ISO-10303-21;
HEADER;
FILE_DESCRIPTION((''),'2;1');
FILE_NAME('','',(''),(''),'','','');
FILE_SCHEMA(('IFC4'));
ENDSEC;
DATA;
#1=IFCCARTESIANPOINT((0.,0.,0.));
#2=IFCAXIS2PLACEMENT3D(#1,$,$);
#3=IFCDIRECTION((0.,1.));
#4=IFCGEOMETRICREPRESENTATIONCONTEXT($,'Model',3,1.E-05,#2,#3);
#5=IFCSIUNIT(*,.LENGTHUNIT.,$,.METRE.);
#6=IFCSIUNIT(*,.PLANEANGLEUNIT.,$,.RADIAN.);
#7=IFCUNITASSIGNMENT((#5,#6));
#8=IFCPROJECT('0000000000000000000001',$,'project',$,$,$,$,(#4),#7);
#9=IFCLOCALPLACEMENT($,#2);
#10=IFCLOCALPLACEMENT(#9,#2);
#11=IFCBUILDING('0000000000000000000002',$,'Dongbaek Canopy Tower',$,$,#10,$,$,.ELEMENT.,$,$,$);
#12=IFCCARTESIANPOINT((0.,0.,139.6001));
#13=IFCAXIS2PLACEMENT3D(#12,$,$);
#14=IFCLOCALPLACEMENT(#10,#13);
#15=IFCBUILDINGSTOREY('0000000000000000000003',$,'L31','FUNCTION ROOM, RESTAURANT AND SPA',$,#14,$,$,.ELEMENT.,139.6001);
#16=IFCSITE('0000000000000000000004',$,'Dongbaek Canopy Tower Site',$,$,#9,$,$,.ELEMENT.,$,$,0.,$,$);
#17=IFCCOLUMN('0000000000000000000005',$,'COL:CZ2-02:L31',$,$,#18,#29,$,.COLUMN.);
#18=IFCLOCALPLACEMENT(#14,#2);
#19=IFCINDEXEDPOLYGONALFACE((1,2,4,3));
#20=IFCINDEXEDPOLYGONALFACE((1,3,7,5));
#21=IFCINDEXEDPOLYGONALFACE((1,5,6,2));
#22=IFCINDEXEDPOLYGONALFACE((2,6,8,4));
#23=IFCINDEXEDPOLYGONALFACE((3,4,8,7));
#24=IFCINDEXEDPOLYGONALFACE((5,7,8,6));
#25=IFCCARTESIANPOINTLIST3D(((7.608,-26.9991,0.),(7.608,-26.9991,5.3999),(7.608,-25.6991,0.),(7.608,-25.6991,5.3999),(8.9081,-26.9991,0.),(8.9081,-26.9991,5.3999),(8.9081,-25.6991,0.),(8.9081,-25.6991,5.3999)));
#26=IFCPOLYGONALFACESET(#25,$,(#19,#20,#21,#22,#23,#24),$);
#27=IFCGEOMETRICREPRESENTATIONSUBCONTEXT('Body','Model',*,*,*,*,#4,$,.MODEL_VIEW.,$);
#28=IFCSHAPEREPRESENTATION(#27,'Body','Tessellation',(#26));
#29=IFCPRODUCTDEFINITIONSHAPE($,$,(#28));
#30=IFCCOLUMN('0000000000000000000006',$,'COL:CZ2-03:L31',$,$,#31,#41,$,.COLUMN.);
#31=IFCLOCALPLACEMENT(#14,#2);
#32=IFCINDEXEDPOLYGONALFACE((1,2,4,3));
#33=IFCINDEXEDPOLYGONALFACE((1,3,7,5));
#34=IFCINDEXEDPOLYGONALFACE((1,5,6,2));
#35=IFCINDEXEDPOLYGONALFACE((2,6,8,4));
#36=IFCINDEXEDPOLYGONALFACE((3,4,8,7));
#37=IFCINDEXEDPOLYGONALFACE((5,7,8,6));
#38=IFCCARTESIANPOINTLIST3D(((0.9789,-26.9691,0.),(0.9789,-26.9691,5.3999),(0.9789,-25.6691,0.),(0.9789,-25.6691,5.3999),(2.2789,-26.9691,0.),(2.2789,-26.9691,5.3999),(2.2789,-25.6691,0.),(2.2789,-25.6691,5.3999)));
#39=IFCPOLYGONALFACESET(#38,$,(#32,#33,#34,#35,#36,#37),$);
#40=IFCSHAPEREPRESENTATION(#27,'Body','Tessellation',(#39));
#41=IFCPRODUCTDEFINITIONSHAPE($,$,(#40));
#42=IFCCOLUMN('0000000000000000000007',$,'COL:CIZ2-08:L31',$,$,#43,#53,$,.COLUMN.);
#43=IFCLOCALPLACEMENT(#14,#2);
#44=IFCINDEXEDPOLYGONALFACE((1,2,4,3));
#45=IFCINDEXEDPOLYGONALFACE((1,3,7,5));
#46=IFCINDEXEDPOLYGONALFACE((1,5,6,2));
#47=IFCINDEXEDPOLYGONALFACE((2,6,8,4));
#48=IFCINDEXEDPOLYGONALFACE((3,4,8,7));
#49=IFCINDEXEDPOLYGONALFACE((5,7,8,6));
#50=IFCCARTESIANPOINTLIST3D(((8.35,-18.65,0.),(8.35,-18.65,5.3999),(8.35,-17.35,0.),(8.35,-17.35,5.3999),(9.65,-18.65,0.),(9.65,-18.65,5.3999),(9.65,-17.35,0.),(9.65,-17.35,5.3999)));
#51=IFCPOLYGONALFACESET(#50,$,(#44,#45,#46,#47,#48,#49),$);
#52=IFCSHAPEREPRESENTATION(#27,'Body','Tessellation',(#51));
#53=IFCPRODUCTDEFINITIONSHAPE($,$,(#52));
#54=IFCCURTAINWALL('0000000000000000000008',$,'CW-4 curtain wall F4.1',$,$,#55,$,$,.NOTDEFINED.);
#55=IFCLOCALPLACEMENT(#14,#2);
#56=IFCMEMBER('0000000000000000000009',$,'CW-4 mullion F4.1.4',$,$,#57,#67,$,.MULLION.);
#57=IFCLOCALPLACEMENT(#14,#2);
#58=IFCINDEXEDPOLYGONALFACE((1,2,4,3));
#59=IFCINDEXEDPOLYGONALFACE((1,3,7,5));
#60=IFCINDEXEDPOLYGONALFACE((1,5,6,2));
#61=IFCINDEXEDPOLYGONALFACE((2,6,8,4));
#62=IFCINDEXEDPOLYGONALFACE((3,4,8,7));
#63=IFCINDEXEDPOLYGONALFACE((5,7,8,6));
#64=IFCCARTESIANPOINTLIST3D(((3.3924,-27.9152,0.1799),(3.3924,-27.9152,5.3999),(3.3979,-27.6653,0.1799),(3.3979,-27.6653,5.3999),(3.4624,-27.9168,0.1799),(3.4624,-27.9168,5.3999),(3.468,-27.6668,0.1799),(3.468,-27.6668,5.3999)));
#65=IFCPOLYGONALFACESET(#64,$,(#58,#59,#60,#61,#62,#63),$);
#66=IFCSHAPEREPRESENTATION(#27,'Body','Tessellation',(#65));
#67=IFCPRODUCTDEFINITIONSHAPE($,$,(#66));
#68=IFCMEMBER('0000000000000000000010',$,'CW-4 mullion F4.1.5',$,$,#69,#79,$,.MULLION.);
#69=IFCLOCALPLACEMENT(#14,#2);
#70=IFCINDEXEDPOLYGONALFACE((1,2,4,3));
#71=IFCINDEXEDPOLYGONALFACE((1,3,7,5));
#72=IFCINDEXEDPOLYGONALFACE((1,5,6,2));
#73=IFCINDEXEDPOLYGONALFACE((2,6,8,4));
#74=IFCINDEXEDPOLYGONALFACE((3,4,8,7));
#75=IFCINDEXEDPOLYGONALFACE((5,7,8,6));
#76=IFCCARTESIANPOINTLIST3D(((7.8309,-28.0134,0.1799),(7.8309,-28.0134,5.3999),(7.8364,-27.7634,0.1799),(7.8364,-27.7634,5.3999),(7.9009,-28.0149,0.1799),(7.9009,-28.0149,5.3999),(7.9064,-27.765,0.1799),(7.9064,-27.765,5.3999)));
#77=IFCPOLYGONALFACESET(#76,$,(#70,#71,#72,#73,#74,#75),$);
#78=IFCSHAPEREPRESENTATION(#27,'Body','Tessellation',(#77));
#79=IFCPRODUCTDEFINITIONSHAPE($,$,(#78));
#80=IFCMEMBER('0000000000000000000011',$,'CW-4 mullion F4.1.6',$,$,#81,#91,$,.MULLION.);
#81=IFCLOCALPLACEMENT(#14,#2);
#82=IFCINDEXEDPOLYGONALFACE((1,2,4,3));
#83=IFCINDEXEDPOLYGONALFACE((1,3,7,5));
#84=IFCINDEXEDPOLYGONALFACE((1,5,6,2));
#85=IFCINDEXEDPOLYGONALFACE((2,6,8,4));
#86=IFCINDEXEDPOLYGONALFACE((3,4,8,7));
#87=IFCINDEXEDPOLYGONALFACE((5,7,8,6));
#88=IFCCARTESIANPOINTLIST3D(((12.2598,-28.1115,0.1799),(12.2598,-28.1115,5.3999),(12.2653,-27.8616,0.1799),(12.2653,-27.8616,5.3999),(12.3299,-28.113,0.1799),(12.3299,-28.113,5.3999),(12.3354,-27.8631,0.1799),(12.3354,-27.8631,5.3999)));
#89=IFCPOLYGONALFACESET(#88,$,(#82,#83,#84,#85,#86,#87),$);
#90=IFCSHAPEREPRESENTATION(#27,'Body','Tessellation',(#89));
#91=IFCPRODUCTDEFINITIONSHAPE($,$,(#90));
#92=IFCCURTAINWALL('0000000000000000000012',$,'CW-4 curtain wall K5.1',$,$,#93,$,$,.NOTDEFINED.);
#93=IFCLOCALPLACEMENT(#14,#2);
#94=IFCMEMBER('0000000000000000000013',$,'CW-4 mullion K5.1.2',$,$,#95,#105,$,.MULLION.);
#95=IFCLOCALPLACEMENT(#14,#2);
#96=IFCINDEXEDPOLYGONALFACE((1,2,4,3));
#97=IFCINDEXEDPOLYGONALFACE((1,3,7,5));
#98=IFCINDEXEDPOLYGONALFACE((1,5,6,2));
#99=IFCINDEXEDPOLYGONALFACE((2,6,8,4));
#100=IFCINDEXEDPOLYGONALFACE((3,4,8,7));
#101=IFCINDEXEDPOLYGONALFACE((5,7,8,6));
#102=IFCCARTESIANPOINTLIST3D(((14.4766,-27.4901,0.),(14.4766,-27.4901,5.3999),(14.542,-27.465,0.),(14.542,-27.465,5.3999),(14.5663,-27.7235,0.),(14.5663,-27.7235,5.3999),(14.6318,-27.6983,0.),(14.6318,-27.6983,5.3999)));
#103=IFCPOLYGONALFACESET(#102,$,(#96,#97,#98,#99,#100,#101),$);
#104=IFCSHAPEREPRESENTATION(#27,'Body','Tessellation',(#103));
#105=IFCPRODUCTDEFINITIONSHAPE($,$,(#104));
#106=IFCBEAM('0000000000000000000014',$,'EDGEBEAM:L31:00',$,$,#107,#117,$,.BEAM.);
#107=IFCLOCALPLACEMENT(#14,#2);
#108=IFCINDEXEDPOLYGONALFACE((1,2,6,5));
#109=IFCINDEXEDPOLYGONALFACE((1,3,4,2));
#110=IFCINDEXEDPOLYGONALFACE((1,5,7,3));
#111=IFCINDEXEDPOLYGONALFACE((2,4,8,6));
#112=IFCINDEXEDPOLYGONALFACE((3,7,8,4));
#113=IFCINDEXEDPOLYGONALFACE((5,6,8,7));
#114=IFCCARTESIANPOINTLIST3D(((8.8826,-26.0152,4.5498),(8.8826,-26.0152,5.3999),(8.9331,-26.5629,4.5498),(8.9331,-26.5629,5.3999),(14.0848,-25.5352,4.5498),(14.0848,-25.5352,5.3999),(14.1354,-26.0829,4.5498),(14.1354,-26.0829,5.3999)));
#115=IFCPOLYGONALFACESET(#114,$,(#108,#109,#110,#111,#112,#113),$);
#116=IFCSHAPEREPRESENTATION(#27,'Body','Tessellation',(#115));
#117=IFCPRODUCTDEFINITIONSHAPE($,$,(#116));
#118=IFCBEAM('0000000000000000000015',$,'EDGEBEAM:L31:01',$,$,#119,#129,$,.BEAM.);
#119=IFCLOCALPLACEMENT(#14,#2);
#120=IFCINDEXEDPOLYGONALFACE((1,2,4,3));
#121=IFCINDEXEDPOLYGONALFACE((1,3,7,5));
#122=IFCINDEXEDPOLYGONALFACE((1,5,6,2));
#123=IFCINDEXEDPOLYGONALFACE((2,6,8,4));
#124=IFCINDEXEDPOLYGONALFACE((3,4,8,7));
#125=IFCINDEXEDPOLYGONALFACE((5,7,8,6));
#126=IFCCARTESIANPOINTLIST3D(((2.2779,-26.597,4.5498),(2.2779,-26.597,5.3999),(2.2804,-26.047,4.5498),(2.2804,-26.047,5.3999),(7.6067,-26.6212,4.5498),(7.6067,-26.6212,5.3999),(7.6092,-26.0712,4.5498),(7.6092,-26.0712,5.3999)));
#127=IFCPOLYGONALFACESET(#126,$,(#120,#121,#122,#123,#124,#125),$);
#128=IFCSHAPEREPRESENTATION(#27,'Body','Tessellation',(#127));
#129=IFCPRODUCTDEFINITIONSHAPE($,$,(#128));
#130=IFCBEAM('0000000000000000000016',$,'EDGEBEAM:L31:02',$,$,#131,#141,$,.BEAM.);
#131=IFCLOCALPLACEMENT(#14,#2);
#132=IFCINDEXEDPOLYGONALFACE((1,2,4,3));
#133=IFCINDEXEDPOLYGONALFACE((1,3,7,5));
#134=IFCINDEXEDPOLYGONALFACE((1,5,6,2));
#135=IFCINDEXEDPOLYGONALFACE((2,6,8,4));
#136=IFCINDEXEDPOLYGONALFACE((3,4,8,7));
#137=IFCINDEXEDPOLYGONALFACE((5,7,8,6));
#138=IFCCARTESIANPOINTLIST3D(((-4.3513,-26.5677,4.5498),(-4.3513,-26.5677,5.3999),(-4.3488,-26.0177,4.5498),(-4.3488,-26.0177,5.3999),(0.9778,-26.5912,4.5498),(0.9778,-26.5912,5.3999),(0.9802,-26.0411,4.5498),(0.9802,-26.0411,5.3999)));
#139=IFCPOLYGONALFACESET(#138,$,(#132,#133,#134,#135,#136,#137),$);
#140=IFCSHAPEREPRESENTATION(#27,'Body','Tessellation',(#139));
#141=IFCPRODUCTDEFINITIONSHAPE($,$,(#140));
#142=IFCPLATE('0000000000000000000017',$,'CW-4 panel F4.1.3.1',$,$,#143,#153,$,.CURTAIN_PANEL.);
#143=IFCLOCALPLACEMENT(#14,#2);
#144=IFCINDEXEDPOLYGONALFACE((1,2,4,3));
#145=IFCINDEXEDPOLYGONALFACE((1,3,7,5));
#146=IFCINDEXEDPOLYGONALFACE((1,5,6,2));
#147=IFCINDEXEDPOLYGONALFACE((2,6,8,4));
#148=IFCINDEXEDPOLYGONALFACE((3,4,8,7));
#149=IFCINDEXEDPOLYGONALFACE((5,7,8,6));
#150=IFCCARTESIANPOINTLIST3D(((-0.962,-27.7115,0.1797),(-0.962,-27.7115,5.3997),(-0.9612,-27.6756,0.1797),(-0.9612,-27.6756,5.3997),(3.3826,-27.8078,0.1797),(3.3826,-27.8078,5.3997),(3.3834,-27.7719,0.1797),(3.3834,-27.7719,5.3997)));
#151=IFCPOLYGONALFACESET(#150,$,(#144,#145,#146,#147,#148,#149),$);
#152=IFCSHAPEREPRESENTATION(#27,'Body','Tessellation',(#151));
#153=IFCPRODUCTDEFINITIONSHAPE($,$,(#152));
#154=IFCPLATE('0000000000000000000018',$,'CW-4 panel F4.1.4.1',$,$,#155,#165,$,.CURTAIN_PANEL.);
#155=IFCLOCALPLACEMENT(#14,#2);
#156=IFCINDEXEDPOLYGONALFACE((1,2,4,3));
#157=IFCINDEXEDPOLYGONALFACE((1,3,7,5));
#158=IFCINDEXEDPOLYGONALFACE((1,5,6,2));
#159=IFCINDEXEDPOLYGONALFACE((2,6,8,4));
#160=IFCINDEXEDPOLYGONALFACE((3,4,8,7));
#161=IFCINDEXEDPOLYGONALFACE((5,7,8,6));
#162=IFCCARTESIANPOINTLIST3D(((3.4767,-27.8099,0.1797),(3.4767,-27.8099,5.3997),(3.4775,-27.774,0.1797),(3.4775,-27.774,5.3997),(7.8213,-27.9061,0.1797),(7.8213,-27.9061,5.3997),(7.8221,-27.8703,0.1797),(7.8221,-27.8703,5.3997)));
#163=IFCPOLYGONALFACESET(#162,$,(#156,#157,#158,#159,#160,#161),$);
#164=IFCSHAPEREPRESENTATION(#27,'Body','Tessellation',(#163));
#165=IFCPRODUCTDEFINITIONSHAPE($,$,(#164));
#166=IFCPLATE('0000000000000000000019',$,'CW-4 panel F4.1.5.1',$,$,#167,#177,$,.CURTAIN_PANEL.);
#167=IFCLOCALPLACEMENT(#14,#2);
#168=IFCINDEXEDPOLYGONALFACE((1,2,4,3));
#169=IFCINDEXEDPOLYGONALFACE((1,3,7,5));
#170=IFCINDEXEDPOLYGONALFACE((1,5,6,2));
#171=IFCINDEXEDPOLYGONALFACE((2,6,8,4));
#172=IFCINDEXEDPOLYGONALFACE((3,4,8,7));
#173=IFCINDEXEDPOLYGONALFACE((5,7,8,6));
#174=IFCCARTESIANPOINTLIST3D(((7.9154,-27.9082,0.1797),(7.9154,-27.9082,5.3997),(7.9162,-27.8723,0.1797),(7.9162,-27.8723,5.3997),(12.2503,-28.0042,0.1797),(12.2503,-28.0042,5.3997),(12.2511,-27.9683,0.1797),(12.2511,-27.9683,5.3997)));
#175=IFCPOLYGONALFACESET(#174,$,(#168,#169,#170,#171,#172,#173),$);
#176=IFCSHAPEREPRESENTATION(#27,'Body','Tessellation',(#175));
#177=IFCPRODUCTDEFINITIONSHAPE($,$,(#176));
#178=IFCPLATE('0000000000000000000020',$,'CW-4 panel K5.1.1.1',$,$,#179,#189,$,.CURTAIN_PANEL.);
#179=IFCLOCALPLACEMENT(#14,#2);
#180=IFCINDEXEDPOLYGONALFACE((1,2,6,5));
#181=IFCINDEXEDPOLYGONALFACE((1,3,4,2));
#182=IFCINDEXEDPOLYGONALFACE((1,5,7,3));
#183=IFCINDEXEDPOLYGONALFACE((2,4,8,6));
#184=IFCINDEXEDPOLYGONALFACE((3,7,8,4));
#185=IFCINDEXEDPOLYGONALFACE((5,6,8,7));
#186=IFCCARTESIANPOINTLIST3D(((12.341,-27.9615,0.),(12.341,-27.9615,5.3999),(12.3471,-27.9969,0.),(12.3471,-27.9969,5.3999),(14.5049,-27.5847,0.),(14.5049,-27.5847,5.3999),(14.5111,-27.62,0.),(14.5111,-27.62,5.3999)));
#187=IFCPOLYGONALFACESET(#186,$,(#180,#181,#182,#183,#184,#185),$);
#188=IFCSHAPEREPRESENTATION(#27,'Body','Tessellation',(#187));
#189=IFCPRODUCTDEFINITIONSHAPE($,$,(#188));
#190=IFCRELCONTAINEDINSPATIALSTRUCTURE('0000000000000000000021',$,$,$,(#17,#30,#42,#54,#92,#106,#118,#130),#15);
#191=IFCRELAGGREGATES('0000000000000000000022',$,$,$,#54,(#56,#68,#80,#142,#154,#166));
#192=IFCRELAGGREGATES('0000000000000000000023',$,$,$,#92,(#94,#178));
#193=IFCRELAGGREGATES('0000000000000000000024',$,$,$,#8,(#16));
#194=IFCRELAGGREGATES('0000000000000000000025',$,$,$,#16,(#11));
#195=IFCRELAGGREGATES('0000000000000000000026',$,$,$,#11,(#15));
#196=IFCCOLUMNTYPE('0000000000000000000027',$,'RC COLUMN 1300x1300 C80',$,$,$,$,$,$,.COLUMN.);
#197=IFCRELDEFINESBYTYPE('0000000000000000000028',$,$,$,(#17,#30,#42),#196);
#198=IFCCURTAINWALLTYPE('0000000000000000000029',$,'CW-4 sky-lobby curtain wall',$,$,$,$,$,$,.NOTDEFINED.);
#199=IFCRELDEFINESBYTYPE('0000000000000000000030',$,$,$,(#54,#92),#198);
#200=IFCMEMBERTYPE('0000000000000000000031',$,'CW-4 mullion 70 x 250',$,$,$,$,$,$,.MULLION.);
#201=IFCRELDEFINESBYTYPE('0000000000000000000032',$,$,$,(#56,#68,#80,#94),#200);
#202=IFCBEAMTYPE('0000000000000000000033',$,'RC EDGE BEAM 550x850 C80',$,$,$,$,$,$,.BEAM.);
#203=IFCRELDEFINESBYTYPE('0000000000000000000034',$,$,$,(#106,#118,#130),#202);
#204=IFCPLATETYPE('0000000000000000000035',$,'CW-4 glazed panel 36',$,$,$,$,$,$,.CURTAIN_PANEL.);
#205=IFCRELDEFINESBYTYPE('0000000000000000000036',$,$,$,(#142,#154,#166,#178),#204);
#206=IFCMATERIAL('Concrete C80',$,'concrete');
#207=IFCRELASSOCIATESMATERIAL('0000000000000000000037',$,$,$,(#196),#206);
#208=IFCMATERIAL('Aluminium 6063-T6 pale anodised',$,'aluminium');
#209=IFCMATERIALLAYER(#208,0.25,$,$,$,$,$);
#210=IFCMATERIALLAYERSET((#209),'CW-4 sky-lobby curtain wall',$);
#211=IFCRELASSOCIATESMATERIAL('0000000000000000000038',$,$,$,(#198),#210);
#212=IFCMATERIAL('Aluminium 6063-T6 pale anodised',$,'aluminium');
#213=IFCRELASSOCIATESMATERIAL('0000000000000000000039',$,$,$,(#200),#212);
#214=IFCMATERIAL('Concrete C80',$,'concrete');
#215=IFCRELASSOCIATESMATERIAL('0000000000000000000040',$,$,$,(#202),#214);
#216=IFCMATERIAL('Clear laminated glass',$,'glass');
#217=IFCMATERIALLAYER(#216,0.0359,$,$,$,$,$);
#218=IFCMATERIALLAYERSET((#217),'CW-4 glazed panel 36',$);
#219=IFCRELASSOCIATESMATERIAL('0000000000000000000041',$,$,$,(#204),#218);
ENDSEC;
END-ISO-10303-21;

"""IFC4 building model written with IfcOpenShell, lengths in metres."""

from ifc_helpers import new_model, si_unit, direction, frame, origin, origin_2d, place, context, subcontext, project, spatial, rectangle, extrude, material, layer, layer_set, material_profile, profile_set, type_object, element, aggregate, save


model = new_model("IFC4")

# Units and contexts
model_context = context("Model", 3, precision=1e-05, world=origin(), true_north=direction((0.0, 1.0)))
body_context = subcontext(model_context, "Body", "Model", "MODEL_VIEW")
ifc_project = project(units=[si_unit("LENGTHUNIT", "METRE"), si_unit("PLANEANGLEUNIT", "RADIAN")], contexts=[model_context])

# Site, building, storey
site_placement = place(None, origin())
site = spatial("IfcSite", under=ifc_project, at=site_placement, Name="Dongbaek Canopy Tower Site", CompositionType="ELEMENT", RefElevation=0.0)
building_placement = place(site_placement, origin())
building = spatial("IfcBuilding", under=site, at=building_placement, Name="Dongbaek Canopy Tower", CompositionType="ELEMENT")
storey_placement = place(building_placement, frame((0.0, 0.0, 139.6001)))
storey = spatial("IfcBuildingStorey", under=building, at=storey_placement, Name="L31", Description="FUNCTION ROOM, RESTAURANT AND SPA", CompositionType="ELEMENT", Elevation=139.6001)

# Columns
ifc_material_1 = material(Name="Concrete C80", Category="concrete")
ifc_material_profile_1 = material_profile(ifc_material_1, rectangle(XDim=1.3, YDim=1.3, at=origin_2d()), Name="RC COLUMN 1300x1300 C80")
ifc_profile_set_1 = profile_set([ifc_material_profile_1], Name="Concrete C80")
column_type = type_object("IfcColumnType", Name="RC COLUMN 1300x1300 C80", PredefinedType="COLUMN", material=ifc_profile_set_1)
for number, where, z_axis, x_axis, name in (
    (1, (8.2581, -26.3491, 0.0), (0.0, 0.0, 1.0), (1.0, 0.0, 0.0), "COL:CZ2-02:L31"),
    (2, (1.6289, -26.3191, 0.0), (0.0, 0.0, 1.0), (1.0, 0.0, 0.0), "COL:CZ2-03:L31"),
    (3, (9.0, -18.0, 0.0), (0.0, 0.0, 1.0), (1.0, 0.0, 0.0), "COL:CIZ2-08:L31"),
):
    element("IfcColumn", number, at=place(storey_placement, frame(where, z_axis=z_axis, x_axis=x_axis)), inside=storey, type_object=column_type, Name=name, PredefinedType="COLUMN", context=body_context, shape_type="SweptSolid", body=[
        extrude(rectangle(XDim=1.3, YDim=1.3, at=origin_2d()), origin(), (0.0, 0.0, 1.0), 5.3999),
    ])

# Curtain wall, members
ifc_material_2 = material(Name="Aluminium 6063-T6 pale anodised", Category="aluminium")
ifc_layer_1 = layer(ifc_material_2, 0.25)
ifc_layer_set_1 = layer_set([ifc_layer_1], Name="CW-4 sky-lobby curtain wall")
curtain_wall_type = type_object("IfcCurtainWallType", Name="CW-4 sky-lobby curtain wall", PredefinedType="NOTDEFINED", material=ifc_layer_set_1)
curtain_wall_1_placement = place(storey_placement, origin())
curtain_wall_1 = element("IfcCurtainWall", 4, at=curtain_wall_1_placement, inside=storey, type_object=curtain_wall_type, Name="CW-4 curtain wall F4.1", PredefinedType="NOTDEFINED")
ifc_material_3 = material(Name="Aluminium 6063-T6 pale anodised", Category="aluminium")
ifc_material_profile_2 = material_profile(ifc_material_3, rectangle(XDim=0.25, YDim=0.0701, at=origin_2d()), Name="CW-4 mullion 70 x 250")
ifc_profile_set_2 = profile_set([ifc_material_profile_2], Name="Aluminium 6063-T6 pale anodised")
member_type = type_object("IfcMemberType", Name="CW-4 mullion 70 x 250", PredefinedType="MULLION", material=ifc_profile_set_2)
member_1_placement = place(storey_placement, frame((3.4302, -27.791, 0.1799), z_axis=(0.0, 0.0, 1.0), x_axis=(-0.022142, -0.999755, 0.0)))
member_1 = element("IfcMember", 5, at=member_1_placement, type_object=member_type, Name="CW-4 mullion F4.1.4", PredefinedType="MULLION", context=body_context, shape_type="SweptSolid", body=[
    extrude(rectangle(XDim=0.25, YDim=0.0701, at=origin_2d()), origin(), (0.0, 0.0, 1.0), 5.22),
])
member_2_placement = place(storey_placement, frame((7.8687, -27.8892, 0.1799), z_axis=(0.0, 0.0, 1.0), x_axis=(-0.022142, -0.999755, 0.0)))
member_2 = element("IfcMember", 6, at=member_2_placement, type_object=member_type, Name="CW-4 mullion F4.1.5", PredefinedType="MULLION", context=body_context, shape_type="SweptSolid", body=[
    extrude(rectangle(XDim=0.25, YDim=0.0701, at=origin_2d()), origin(), (0.0, 0.0, 1.0), 5.22),
])
member_3_placement = place(storey_placement, frame((12.2976, -27.9873, 0.1799), z_axis=(0.0, 0.0, 1.0), x_axis=(-0.022142, -0.999755, 0.0)))
member_3 = element("IfcMember", 7, at=member_3_placement, type_object=member_type, Name="CW-4 mullion F4.1.6", PredefinedType="MULLION", context=body_context, shape_type="SweptSolid", body=[
    extrude(rectangle(XDim=0.25, YDim=0.0701, at=origin_2d()), origin(), (0.0, 0.0, 1.0), 5.22),
])

# Curtain wall, member
curtain_wall_2_placement = place(storey_placement, origin())
curtain_wall_2 = element("IfcCurtainWall", 8, at=curtain_wall_2_placement, inside=storey, type_object=curtain_wall_type, Name="CW-4 curtain wall K5.1", PredefinedType="NOTDEFINED")
member_4_placement = place(storey_placement, frame((14.5542, -27.5942, 0.0), z_axis=(0.0, 0.0, 1.0), x_axis=(0.35881, -0.933411, 0.0)))
member_4 = element("IfcMember", 9, at=member_4_placement, type_object=member_type, Name="CW-4 mullion K5.1.2", PredefinedType="MULLION", context=body_context, shape_type="SweptSolid", body=[
    extrude(rectangle(XDim=0.25, YDim=0.0701, at=origin_2d()), origin(), (0.0, 0.0, 1.0), 5.3999),
])

# Beams
ifc_material_4 = material(Name="Concrete C80", Category="concrete")
ifc_material_profile_3 = material_profile(ifc_material_4, rectangle(XDim=0.55, YDim=0.8501, at=origin_2d()), Name="RC EDGE BEAM 550x850 C80")
ifc_profile_set_3 = profile_set([ifc_material_profile_3], Name="Concrete C80")
beam_type = type_object("IfcBeamType", Name="RC EDGE BEAM 550x850 C80", PredefinedType="BEAM", material=ifc_profile_set_3)
beam_1_placement = place(storey_placement, frame((14.1101, -25.8091, 4.9749), z_axis=(-0.99577, -0.091876, 0.0), x_axis=(0.091876, -0.99577, 0.0)))
element("IfcBeam", 10, at=beam_1_placement, inside=storey, type_object=beam_type, Name="EDGEBEAM:L31:00", PredefinedType="BEAM", context=body_context, shape_type="SweptSolid", body=[
    extrude(rectangle(XDim=0.55, YDim=0.8501, at=origin_2d()), origin(), (0.0, 0.0, 1.0), 5.2244),
])
beam_2_placement = place(storey_placement, frame((7.6079, -26.3462, 4.9749), z_axis=(-0.99999, 0.004536, 0.0), x_axis=(-0.004536, -0.99999, 0.0)))
element("IfcBeam", 11, at=beam_2_placement, inside=storey, type_object=beam_type, Name="EDGEBEAM:L31:01", PredefinedType="BEAM", context=body_context, shape_type="SweptSolid", body=[
    extrude(rectangle(XDim=0.55, YDim=0.8501, at=origin_2d()), origin(), (0.0, 0.0, 1.0), 5.3289),
])
beam_3_placement = place(storey_placement, frame((0.979, -26.3162, 4.9749), z_axis=(-0.99999, 0.004398, 0.0), x_axis=(-0.004398, -0.99999, 0.0)))
element("IfcBeam", 12, at=beam_3_placement, inside=storey, type_object=beam_type, Name="EDGEBEAM:L31:02", PredefinedType="BEAM", context=body_context, shape_type="SweptSolid", body=[
    extrude(rectangle(XDim=0.55, YDim=0.8501, at=origin_2d()), origin(), (0.0, 0.0, 1.0), 5.3291),
])

# Plates
ifc_material_5 = material(Name="Clear laminated glass", Category="glass")
ifc_layer_2 = layer(ifc_material_5, 0.0359)
ifc_layer_set_2 = layer_set([ifc_layer_2], Name="CW-4 glazed panel 36")
plate_type = type_object("IfcPlateType", Name="CW-4 glazed panel 36", PredefinedType="CURTAIN_PANEL", material=ifc_layer_set_2)
plate_1_placement = place(storey_placement, frame((1.2107, -27.7417, 0.1797), z_axis=(0.0, 0.0, 1.0), x_axis=(0.999755, -0.022142, 0.0)))
plate_1 = element("IfcPlate", 13, at=plate_1_placement, type_object=plate_type, Name="CW-4 panel F4.1.3.1", PredefinedType="CURTAIN_PANEL", context=body_context, shape_type="SweptSolid", body=[
    extrude(rectangle(XDim=4.3457, YDim=0.0359, at=origin_2d()), origin(), (0.0, 0.0, 1.0), 5.22),
])
plate_2_placement = place(storey_placement, frame((5.6494, -27.8401, 0.1797), z_axis=(0.0, 0.0, 1.0), x_axis=(0.999755, -0.022142, 0.0)))
plate_2 = element("IfcPlate", 14, at=plate_2_placement, type_object=plate_type, Name="CW-4 panel F4.1.4.1", PredefinedType="CURTAIN_PANEL", context=body_context, shape_type="SweptSolid", body=[
    extrude(rectangle(XDim=4.3457, YDim=0.0359, at=origin_2d()), origin(), (0.0, 0.0, 1.0), 5.22),
])
plate_3_placement = place(storey_placement, frame((10.0833, -27.9382, 0.1797), z_axis=(0.0, 0.0, 1.0), x_axis=(0.999755, -0.022142, 0.0)))
plate_3 = element("IfcPlate", 15, at=plate_3_placement, type_object=plate_type, Name="CW-4 panel F4.1.5.1", PredefinedType="CURTAIN_PANEL", context=body_context, shape_type="SweptSolid", body=[
    extrude(rectangle(XDim=4.3359, YDim=0.0359, at=origin_2d()), origin(), (0.0, 0.0, 1.0), 5.22),
])
aggregate(curtain_wall_1, [member_1, member_2, member_3, plate_1, plate_2, plate_3])
plate_4_placement = place(storey_placement, frame((13.426, -27.7908, 0.0), z_axis=(0.0, 0.0, 1.0), x_axis=(0.985172, 0.171571, 0.0)))
plate_4 = element("IfcPlate", 16, at=plate_4_placement, type_object=plate_type, Name="CW-4 panel K5.1.1.1", PredefinedType="CURTAIN_PANEL", context=body_context, shape_type="SweptSolid", body=[
    extrude(rectangle(XDim=2.1965, YDim=0.0359, at=origin_2d()), origin(), (0.0, 0.0, 1.0), 5.3999),
])
aggregate(curtain_wall_2, [member_4, plate_4])

save(model, "model.ifc")
